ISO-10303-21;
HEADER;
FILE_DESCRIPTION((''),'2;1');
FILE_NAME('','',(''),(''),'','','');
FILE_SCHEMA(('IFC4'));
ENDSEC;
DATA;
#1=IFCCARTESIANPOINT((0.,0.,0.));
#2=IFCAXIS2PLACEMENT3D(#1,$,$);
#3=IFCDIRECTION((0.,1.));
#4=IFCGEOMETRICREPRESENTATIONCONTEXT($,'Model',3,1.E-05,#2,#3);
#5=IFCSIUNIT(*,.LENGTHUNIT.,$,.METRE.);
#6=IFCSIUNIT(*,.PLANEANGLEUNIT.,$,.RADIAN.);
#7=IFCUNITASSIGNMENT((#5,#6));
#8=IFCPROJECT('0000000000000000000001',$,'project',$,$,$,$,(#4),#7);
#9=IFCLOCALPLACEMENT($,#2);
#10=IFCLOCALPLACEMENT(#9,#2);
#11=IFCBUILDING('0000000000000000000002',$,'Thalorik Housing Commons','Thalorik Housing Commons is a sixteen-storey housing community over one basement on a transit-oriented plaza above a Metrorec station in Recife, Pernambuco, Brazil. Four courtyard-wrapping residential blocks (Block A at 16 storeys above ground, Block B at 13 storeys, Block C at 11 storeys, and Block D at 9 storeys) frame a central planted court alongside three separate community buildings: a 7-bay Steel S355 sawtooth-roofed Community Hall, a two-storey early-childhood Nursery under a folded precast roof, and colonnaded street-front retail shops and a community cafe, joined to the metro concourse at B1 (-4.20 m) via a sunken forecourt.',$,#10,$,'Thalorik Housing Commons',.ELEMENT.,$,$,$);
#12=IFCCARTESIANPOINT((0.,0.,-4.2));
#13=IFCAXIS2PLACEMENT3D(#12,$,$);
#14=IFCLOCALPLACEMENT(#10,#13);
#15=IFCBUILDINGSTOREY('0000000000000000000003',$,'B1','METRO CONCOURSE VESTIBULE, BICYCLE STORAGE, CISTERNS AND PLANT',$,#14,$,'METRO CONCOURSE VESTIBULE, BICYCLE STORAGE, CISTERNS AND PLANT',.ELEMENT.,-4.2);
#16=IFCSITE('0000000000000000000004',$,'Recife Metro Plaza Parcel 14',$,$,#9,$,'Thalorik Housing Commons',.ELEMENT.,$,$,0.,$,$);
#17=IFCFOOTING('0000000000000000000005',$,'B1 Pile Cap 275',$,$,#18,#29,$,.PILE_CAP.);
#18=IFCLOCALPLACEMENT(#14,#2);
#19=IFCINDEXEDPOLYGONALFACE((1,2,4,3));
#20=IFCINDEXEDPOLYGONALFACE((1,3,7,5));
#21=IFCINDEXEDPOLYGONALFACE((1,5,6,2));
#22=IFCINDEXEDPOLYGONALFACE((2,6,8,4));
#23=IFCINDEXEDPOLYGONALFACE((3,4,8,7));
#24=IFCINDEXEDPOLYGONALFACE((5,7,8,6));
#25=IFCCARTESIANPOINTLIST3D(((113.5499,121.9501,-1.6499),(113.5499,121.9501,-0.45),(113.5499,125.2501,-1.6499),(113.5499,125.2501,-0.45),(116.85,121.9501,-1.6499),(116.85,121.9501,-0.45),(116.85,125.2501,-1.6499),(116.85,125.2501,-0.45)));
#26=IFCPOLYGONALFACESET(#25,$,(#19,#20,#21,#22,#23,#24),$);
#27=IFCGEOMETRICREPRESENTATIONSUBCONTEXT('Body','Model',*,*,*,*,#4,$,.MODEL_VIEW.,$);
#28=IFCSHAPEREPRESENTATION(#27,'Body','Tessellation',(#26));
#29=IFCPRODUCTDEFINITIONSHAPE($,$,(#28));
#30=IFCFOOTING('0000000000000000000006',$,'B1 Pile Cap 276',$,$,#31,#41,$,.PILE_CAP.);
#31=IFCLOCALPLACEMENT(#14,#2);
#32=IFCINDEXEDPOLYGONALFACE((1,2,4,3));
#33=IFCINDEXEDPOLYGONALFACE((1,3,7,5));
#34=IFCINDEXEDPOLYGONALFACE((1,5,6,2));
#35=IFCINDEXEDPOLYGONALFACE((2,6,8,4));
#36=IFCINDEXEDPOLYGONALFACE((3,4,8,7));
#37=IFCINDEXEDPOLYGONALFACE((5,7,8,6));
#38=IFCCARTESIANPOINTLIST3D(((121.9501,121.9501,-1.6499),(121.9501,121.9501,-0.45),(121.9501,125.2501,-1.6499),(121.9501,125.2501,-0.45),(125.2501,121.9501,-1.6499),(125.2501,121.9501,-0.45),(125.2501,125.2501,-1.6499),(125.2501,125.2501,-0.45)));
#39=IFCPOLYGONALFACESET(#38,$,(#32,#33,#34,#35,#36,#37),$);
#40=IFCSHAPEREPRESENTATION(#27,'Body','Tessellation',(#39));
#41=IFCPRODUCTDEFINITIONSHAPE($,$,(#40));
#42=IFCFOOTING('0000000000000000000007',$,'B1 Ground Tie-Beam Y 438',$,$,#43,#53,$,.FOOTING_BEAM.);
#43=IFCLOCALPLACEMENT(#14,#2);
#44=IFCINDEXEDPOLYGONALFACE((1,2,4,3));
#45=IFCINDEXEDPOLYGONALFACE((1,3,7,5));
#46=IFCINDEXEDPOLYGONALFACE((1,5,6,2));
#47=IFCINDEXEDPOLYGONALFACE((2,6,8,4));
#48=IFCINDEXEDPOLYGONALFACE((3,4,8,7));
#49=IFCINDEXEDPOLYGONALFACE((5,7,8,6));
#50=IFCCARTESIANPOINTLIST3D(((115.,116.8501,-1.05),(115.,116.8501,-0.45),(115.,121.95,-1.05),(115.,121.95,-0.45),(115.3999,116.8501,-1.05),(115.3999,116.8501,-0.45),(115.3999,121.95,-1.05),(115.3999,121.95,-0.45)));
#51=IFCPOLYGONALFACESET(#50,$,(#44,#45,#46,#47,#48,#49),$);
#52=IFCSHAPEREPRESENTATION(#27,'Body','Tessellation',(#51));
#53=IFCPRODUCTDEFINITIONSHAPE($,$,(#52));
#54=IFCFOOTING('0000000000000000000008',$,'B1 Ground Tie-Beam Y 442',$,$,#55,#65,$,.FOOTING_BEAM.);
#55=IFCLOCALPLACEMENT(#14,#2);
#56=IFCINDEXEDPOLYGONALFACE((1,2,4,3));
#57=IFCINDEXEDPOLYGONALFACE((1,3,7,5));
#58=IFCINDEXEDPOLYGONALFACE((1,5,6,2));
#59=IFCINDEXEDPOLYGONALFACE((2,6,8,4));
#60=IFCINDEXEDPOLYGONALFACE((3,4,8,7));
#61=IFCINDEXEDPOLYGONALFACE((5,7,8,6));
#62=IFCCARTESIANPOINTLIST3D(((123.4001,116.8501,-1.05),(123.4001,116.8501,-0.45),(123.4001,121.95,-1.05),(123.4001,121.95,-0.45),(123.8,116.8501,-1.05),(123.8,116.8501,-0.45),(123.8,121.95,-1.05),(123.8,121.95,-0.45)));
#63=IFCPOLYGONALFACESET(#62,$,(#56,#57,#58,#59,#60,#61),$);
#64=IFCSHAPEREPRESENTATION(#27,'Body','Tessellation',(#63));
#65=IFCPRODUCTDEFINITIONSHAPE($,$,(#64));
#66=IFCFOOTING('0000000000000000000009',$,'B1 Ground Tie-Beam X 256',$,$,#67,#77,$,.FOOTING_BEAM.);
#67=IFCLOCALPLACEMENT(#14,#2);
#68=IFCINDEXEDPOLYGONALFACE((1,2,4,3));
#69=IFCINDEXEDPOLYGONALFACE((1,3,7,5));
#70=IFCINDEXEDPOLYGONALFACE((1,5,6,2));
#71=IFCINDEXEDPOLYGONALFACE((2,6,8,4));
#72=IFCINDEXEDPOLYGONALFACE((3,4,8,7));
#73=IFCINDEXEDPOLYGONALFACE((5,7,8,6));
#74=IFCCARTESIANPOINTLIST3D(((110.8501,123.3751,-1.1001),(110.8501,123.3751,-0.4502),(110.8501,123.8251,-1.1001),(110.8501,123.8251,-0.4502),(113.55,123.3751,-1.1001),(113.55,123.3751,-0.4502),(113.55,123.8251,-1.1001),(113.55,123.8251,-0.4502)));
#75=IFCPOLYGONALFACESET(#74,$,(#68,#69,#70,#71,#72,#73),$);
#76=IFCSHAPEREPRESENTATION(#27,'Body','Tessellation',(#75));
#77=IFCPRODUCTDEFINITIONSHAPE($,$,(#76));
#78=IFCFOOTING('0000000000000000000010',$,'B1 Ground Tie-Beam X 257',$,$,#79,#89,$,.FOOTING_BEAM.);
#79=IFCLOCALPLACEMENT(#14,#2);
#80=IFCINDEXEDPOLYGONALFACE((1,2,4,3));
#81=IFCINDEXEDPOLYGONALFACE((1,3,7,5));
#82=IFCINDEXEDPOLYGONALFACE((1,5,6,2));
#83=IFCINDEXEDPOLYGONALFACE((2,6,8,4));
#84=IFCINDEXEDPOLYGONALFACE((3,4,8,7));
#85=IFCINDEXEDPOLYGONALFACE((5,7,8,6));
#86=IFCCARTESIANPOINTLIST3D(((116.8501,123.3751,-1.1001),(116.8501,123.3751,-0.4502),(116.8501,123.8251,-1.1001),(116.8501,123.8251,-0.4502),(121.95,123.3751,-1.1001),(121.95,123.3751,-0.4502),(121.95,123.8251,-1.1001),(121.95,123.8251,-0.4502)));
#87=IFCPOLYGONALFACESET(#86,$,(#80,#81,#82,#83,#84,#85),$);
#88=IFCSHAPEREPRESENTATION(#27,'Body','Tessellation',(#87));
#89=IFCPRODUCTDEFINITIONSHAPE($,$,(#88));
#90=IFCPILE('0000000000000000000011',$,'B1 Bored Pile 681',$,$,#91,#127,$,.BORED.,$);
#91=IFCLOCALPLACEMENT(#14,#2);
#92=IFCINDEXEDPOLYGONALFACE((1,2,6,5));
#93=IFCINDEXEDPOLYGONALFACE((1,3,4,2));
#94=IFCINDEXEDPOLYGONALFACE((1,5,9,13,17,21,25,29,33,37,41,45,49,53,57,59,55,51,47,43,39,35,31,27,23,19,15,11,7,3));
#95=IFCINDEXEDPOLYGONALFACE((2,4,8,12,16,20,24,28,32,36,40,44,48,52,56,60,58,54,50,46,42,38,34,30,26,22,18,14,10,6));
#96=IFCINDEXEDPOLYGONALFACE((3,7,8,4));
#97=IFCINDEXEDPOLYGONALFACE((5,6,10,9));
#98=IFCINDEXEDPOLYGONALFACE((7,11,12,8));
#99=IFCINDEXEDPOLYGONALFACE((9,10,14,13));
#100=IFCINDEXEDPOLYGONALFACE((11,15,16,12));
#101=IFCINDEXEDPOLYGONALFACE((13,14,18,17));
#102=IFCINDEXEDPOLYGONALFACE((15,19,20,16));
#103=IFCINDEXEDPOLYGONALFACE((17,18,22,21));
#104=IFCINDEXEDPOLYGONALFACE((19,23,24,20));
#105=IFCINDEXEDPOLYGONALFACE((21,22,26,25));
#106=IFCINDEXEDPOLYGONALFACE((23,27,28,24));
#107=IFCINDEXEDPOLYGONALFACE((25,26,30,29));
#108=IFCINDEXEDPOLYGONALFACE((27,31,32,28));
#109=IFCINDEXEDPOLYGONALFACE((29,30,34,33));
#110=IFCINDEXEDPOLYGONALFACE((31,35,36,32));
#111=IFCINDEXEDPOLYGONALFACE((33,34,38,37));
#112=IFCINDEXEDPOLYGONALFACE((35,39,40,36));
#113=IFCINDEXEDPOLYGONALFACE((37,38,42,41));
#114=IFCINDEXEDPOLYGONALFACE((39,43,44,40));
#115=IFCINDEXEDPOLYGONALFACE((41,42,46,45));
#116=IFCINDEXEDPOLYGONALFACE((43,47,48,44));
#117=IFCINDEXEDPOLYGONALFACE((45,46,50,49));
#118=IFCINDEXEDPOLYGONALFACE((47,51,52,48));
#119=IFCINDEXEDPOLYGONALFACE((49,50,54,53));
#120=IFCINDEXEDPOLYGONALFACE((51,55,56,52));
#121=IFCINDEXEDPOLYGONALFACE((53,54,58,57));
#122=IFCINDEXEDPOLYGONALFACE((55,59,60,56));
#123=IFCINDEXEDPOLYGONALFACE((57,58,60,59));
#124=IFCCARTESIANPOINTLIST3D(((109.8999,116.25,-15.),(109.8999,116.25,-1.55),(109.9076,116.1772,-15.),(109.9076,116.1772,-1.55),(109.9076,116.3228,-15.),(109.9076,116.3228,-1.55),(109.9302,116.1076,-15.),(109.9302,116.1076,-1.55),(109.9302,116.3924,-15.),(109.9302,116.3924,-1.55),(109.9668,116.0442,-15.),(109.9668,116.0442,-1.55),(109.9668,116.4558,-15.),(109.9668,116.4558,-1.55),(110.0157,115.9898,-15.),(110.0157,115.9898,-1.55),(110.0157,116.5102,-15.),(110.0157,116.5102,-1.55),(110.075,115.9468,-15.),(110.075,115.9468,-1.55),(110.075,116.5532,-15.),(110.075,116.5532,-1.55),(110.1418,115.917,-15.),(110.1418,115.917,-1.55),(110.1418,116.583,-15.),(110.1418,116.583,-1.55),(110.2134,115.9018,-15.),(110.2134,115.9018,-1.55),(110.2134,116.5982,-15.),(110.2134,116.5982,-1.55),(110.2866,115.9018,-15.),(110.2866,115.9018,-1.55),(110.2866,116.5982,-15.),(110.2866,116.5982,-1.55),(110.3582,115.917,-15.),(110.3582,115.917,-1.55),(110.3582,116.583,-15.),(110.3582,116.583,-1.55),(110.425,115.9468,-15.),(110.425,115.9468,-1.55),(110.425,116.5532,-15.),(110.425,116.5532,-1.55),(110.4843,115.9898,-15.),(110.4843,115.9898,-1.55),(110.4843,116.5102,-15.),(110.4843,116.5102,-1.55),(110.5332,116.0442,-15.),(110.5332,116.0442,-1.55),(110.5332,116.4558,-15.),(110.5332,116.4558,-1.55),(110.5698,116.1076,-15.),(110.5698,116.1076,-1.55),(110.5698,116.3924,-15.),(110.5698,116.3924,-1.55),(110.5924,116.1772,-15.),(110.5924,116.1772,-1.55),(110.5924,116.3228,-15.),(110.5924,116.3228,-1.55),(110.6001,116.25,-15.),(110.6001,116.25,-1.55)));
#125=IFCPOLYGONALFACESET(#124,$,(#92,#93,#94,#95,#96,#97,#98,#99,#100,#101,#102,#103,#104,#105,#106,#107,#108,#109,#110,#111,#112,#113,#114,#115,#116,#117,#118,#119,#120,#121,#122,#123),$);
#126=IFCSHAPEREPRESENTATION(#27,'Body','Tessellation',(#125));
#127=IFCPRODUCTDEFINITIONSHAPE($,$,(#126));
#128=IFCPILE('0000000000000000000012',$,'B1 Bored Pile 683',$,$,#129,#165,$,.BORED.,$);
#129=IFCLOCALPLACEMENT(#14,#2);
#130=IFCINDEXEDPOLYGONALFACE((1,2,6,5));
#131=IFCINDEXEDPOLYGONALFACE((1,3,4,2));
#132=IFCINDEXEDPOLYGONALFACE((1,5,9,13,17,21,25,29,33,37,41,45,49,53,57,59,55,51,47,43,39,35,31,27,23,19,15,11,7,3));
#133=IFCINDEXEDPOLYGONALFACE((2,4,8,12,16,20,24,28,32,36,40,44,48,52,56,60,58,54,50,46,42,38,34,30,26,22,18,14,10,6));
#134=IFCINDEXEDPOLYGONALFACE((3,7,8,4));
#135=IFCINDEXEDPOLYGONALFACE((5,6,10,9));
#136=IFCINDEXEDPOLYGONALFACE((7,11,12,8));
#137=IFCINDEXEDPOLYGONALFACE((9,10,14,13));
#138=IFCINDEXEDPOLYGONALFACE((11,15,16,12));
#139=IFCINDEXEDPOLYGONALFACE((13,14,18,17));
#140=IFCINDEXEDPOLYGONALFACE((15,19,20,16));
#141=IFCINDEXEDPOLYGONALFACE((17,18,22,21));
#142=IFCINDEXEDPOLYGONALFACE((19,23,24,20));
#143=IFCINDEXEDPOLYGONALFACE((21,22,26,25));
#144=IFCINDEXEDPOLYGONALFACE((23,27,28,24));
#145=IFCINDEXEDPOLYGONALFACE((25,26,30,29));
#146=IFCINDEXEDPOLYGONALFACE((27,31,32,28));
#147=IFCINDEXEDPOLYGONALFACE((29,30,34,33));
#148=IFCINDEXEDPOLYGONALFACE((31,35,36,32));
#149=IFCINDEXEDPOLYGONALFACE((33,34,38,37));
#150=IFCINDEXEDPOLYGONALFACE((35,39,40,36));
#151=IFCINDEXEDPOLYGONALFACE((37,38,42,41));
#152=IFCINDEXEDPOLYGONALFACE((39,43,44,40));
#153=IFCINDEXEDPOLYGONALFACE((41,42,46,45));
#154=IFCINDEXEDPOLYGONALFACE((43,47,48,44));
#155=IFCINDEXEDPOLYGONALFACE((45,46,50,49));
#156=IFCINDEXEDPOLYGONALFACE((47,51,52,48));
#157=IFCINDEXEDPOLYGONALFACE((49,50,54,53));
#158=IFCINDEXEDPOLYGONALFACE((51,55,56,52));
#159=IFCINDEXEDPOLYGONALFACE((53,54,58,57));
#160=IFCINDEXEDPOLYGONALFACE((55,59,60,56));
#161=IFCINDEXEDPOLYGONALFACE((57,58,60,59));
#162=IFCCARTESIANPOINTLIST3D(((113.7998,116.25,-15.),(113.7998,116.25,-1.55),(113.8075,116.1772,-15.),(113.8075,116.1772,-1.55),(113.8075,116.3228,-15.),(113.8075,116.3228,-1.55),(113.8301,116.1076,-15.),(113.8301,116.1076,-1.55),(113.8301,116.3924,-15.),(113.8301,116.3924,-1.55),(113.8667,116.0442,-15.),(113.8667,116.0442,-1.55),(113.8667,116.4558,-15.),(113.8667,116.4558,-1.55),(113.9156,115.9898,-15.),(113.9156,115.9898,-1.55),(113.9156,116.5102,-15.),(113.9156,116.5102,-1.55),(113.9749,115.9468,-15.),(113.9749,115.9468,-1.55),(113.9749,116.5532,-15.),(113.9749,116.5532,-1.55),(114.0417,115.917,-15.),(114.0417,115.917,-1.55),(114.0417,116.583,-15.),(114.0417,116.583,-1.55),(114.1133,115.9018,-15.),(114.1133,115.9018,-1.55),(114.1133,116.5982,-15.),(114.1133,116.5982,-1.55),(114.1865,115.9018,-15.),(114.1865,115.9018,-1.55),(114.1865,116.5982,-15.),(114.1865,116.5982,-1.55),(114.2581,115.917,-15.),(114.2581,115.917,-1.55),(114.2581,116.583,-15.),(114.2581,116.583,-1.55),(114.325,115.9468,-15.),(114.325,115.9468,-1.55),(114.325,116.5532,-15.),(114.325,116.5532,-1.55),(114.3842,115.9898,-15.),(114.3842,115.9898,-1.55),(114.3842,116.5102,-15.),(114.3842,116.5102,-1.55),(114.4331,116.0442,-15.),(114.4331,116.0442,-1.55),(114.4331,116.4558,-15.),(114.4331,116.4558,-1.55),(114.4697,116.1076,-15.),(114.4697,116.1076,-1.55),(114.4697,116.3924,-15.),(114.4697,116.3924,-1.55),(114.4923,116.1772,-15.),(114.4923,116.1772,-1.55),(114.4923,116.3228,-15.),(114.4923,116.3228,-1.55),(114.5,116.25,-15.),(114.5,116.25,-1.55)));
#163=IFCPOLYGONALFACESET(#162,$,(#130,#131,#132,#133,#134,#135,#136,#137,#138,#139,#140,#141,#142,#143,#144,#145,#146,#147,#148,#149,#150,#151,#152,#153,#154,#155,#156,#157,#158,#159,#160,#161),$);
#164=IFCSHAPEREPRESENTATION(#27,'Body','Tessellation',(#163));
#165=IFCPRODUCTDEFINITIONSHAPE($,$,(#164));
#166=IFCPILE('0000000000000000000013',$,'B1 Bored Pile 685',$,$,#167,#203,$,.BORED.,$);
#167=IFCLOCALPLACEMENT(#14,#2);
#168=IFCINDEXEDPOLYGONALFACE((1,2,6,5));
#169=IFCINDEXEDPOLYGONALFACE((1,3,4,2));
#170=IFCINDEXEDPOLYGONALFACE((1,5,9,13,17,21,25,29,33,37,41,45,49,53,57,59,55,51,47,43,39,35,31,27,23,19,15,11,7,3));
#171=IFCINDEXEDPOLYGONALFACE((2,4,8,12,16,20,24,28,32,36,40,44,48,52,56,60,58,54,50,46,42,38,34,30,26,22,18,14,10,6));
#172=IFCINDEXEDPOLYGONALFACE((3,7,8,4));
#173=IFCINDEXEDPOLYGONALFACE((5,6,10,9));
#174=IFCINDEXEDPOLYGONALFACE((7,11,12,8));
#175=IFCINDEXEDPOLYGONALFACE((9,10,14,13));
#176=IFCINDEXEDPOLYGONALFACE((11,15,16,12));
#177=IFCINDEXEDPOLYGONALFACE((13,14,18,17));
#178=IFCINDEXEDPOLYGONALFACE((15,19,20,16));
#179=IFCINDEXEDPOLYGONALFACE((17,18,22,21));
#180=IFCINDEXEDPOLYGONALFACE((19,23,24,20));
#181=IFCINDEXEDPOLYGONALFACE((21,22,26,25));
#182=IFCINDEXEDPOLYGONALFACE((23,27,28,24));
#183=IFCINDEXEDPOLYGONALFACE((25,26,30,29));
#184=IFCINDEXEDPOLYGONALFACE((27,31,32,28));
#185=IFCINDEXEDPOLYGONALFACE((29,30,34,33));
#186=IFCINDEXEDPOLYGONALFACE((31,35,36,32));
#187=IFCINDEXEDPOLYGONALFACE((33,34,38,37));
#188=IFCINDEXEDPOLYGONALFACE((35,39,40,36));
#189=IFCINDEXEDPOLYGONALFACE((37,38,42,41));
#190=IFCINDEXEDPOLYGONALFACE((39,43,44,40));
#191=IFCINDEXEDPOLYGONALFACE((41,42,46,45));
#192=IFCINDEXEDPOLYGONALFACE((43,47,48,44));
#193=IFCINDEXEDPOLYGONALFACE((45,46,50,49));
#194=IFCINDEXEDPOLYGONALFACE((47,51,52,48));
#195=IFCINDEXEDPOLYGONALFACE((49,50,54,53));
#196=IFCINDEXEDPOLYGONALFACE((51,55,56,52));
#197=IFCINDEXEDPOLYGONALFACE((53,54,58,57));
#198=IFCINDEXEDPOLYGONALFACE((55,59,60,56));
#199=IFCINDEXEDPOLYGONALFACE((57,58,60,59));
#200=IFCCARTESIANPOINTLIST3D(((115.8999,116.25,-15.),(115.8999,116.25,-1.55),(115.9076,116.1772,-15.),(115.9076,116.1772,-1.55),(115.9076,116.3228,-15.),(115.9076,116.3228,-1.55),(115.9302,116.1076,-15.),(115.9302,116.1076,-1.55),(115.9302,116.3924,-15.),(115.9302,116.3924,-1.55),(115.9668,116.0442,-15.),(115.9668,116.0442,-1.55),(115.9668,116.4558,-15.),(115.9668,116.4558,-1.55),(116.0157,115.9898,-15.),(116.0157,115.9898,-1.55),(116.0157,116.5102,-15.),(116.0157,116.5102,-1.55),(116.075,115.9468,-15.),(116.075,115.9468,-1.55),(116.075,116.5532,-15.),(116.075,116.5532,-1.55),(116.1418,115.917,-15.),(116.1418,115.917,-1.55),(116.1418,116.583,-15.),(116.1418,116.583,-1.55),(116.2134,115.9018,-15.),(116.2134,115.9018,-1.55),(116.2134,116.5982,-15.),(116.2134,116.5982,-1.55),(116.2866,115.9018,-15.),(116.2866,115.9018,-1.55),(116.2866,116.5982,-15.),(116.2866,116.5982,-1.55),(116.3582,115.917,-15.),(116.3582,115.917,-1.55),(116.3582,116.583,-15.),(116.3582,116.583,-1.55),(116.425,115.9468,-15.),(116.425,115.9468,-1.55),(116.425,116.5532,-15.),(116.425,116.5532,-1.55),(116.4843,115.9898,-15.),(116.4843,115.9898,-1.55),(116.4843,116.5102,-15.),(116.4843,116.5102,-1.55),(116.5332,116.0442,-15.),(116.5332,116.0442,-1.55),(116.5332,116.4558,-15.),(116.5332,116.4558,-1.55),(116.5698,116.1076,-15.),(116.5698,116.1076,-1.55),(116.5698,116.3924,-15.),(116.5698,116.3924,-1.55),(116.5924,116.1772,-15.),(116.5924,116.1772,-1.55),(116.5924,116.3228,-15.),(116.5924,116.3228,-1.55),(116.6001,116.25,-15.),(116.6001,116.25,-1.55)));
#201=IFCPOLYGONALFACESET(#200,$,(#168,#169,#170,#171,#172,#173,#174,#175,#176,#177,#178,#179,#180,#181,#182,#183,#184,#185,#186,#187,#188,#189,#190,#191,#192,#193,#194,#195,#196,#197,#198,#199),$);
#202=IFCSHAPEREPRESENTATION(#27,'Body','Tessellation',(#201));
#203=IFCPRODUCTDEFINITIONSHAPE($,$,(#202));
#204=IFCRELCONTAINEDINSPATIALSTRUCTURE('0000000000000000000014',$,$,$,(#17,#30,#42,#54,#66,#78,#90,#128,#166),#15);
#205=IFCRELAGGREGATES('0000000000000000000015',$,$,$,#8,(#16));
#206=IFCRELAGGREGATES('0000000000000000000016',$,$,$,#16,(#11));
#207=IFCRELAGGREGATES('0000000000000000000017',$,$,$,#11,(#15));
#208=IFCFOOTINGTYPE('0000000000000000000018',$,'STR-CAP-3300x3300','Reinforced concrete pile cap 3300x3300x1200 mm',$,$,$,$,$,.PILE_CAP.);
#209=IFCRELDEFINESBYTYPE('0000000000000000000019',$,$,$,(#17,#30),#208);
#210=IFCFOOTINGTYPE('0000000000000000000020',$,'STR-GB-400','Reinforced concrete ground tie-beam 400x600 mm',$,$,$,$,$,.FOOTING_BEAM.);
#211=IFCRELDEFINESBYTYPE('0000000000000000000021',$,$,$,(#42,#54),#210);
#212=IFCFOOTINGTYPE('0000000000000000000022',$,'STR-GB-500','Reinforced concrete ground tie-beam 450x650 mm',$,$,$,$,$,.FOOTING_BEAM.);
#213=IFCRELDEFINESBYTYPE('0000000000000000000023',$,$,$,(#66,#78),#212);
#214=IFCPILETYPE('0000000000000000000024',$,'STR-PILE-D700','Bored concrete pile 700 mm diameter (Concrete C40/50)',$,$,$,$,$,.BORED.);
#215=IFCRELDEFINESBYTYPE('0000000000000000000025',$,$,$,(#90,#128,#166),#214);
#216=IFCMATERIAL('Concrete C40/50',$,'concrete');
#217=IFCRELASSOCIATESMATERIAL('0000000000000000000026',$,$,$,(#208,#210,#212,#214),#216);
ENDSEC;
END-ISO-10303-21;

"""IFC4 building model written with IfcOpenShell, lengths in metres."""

from ifc_helpers import new_model, si_unit, direction, frame, origin, origin_2d, place, context, subcontext, project, spatial, rectangle, circle, extrude, material, material_profile, profile_set, type_object, element, save


model = new_model("IFC4")

# Units and contexts
model_context = context("Model", 3, precision=1e-05, world=origin(), true_north=direction((0.0, 1.0)))
body_context = subcontext(model_context, "Body", "Model", "MODEL_VIEW")
ifc_project = project(units=[si_unit("LENGTHUNIT", "METRE"), si_unit("PLANEANGLEUNIT", "RADIAN")], contexts=[model_context])

# Site, building, storey
site_placement = place(None, origin())
site = spatial("IfcSite", under=ifc_project, at=site_placement, Name="Recife Metro Plaza Parcel 14", LongName="Thalorik Housing Commons", CompositionType="ELEMENT", RefElevation=0.0)
building_placement = place(site_placement, origin())
building = spatial("IfcBuilding", under=site, at=building_placement, Name="Thalorik Housing Commons", Description="Thalorik Housing Commons is a sixteen-storey housing community over one basement on a transit-oriented plaza above a Metrorec station in Recife, Pernambuco, Brazil. Four courtyard-wrapping residential blocks (Block A at 16 storeys above ground, Block B at 13 storeys, Block C at 11 storeys, and Block D at 9 storeys) frame a central planted court alongside three separate community buildings: a 7-bay Steel S355 sawtooth-roofed Community Hall, a two-storey early-childhood Nursery under a folded precast roof, and colonnaded street-front retail shops and a community cafe, joined to the metro concourse at B1 (-4.20 m) via a sunken forecourt.", LongName="Thalorik Housing Commons", CompositionType="ELEMENT")
storey_placement = place(building_placement, frame((0.0, 0.0, -4.2)))
storey = spatial("IfcBuildingStorey", under=building, at=storey_placement, Name="B1", Description="METRO CONCOURSE VESTIBULE, BICYCLE STORAGE, CISTERNS AND PLANT", LongName="METRO CONCOURSE VESTIBULE, BICYCLE STORAGE, CISTERNS AND PLANT", CompositionType="ELEMENT", Elevation=-4.2)

# Footings
ifc_material_1 = material(Name="Concrete C40/50", Category="concrete")
footing_type_1 = type_object("IfcFootingType", Name="STR-CAP-3300x3300", Description="Reinforced concrete pile cap 3300x3300x1200 mm", PredefinedType="PILE_CAP", material=ifc_material_1)
for number, where, z_axis, x_axis, name in (
    (1, (115.2, 123.6001, -1.6499), (0.0, 0.0, 1.0), (1.0, 0.0, 0.0), "B1 Pile Cap 275"),
    (2, (123.6001, 123.6001, -1.6499), (0.0, 0.0, 1.0), (1.0, 0.0, 0.0), "B1 Pile Cap 276"),
):
    element("IfcFooting", number, at=place(storey_placement, frame(where, z_axis=z_axis, x_axis=x_axis)), inside=storey, type_object=footing_type_1, Name=name, PredefinedType="PILE_CAP", context=body_context, shape_type="SweptSolid", body=[
        extrude(rectangle(XDim=3.3, YDim=3.3, at=origin_2d()), origin(), (0.0, 0.0, 1.0), 1.2),
    ])
ifc_material_profile_1 = material_profile(ifc_material_1, rectangle(XDim=0.3999, YDim=0.6001, at=origin_2d()), Name="RC 400x600", Category="concrete")
ifc_profile_set_1 = profile_set([ifc_material_profile_1], Name="Concrete C40/50")
footing_type_2 = type_object("IfcFootingType", Name="STR-GB-400", Description="Reinforced concrete ground tie-beam 400x600 mm", PredefinedType="FOOTING_BEAM", material=ifc_profile_set_1)
for number, where, z_axis, x_axis, name in (
    (3, (115.2, 116.8501, -0.75), (0.0, 1.0, 0.0), (-1.0, 0.0, 0.0), "B1 Ground Tie-Beam Y 438"),
    (4, (123.6001, 116.8501, -0.75), (0.0, 1.0, 0.0), (-1.0, 0.0, 0.0), "B1 Ground Tie-Beam Y 442"),
):
    element("IfcFooting", number, at=place(storey_placement, frame(where, z_axis=z_axis, x_axis=x_axis)), inside=storey, type_object=footing_type_2, Name=name, PredefinedType="FOOTING_BEAM", context=body_context, shape_type="SweptSolid", body=[
        extrude(rectangle(XDim=0.3999, YDim=0.6001, at=origin_2d()), origin(), (0.0, 0.0, 1.0), 5.0999),
    ])
ifc_material_profile_2 = material_profile(ifc_material_1, rectangle(XDim=0.45, YDim=0.6499, at=origin_2d()), Name="RC 450x650", Category="concrete")
ifc_profile_set_2 = profile_set([ifc_material_profile_2], Name="Concrete C40/50")
footing_type_3 = type_object("IfcFootingType", Name="STR-GB-500", Description="Reinforced concrete ground tie-beam 450x650 mm", PredefinedType="FOOTING_BEAM", material=ifc_profile_set_2)
footing_1_placement = place(storey_placement, frame((110.8501, 123.6001, -0.7751), z_axis=(1.0, 0.0, 0.0), x_axis=(0.0, 1.0, 0.0)))
element("IfcFooting", 5, at=footing_1_placement, inside=storey, type_object=footing_type_3, Name="B1 Ground Tie-Beam X 256", PredefinedType="FOOTING_BEAM", context=body_context, shape_type="SweptSolid", body=[
    extrude(rectangle(XDim=0.45, YDim=0.6499, at=origin_2d()), origin(), (0.0, 0.0, 1.0), 2.7),
])
footing_2_placement = place(storey_placement, frame((116.8501, 123.6001, -0.7751), z_axis=(1.0, 0.0, 0.0), x_axis=(0.0, 1.0, 0.0)))
element("IfcFooting", 6, at=footing_2_placement, inside=storey, type_object=footing_type_3, Name="B1 Ground Tie-Beam X 257", PredefinedType="FOOTING_BEAM", context=body_context, shape_type="SweptSolid", body=[
    extrude(rectangle(XDim=0.45, YDim=0.6499, at=origin_2d()), origin(), (0.0, 0.0, 1.0), 5.0999),
])

# Piles
ifc_material_profile_3 = material_profile(ifc_material_1, circle(Radius=0.3501, at=origin_2d()), Name="BORED PILE D700", Category="concrete")
ifc_profile_set_3 = profile_set([ifc_material_profile_3], Name="Concrete C40/50")
pile_type = type_object("IfcPileType", Name="STR-PILE-D700", Description="Bored concrete pile 700 mm diameter (Concrete C40/50)", PredefinedType="BORED", material=ifc_profile_set_3)
for number, where, z_axis, x_axis, name in (
    (7, (110.25, 116.25, -1.55), (0.0, 0.0, -1.0), (1.0, 0.0, 0.0), "B1 Bored Pile 681"),
    (8, (114.1499, 116.25, -1.55), (0.0, 0.0, -1.0), (1.0, 0.0, 0.0), "B1 Bored Pile 683"),
    (9, (116.25, 116.25, -1.55), (0.0, 0.0, -1.0), (1.0, 0.0, 0.0), "B1 Bored Pile 685"),
):
    element("IfcPile", number, at=place(storey_placement, frame(where, z_axis=z_axis, x_axis=x_axis)), inside=storey, type_object=pile_type, Name=name, PredefinedType="BORED", context=body_context, shape_type="SweptSolid", body=[
        extrude(circle(Radius=0.3501, at=origin_2d()), origin(), (0.0, 0.0, 1.0), 13.45),
    ])

save(model, "model.ifc")
